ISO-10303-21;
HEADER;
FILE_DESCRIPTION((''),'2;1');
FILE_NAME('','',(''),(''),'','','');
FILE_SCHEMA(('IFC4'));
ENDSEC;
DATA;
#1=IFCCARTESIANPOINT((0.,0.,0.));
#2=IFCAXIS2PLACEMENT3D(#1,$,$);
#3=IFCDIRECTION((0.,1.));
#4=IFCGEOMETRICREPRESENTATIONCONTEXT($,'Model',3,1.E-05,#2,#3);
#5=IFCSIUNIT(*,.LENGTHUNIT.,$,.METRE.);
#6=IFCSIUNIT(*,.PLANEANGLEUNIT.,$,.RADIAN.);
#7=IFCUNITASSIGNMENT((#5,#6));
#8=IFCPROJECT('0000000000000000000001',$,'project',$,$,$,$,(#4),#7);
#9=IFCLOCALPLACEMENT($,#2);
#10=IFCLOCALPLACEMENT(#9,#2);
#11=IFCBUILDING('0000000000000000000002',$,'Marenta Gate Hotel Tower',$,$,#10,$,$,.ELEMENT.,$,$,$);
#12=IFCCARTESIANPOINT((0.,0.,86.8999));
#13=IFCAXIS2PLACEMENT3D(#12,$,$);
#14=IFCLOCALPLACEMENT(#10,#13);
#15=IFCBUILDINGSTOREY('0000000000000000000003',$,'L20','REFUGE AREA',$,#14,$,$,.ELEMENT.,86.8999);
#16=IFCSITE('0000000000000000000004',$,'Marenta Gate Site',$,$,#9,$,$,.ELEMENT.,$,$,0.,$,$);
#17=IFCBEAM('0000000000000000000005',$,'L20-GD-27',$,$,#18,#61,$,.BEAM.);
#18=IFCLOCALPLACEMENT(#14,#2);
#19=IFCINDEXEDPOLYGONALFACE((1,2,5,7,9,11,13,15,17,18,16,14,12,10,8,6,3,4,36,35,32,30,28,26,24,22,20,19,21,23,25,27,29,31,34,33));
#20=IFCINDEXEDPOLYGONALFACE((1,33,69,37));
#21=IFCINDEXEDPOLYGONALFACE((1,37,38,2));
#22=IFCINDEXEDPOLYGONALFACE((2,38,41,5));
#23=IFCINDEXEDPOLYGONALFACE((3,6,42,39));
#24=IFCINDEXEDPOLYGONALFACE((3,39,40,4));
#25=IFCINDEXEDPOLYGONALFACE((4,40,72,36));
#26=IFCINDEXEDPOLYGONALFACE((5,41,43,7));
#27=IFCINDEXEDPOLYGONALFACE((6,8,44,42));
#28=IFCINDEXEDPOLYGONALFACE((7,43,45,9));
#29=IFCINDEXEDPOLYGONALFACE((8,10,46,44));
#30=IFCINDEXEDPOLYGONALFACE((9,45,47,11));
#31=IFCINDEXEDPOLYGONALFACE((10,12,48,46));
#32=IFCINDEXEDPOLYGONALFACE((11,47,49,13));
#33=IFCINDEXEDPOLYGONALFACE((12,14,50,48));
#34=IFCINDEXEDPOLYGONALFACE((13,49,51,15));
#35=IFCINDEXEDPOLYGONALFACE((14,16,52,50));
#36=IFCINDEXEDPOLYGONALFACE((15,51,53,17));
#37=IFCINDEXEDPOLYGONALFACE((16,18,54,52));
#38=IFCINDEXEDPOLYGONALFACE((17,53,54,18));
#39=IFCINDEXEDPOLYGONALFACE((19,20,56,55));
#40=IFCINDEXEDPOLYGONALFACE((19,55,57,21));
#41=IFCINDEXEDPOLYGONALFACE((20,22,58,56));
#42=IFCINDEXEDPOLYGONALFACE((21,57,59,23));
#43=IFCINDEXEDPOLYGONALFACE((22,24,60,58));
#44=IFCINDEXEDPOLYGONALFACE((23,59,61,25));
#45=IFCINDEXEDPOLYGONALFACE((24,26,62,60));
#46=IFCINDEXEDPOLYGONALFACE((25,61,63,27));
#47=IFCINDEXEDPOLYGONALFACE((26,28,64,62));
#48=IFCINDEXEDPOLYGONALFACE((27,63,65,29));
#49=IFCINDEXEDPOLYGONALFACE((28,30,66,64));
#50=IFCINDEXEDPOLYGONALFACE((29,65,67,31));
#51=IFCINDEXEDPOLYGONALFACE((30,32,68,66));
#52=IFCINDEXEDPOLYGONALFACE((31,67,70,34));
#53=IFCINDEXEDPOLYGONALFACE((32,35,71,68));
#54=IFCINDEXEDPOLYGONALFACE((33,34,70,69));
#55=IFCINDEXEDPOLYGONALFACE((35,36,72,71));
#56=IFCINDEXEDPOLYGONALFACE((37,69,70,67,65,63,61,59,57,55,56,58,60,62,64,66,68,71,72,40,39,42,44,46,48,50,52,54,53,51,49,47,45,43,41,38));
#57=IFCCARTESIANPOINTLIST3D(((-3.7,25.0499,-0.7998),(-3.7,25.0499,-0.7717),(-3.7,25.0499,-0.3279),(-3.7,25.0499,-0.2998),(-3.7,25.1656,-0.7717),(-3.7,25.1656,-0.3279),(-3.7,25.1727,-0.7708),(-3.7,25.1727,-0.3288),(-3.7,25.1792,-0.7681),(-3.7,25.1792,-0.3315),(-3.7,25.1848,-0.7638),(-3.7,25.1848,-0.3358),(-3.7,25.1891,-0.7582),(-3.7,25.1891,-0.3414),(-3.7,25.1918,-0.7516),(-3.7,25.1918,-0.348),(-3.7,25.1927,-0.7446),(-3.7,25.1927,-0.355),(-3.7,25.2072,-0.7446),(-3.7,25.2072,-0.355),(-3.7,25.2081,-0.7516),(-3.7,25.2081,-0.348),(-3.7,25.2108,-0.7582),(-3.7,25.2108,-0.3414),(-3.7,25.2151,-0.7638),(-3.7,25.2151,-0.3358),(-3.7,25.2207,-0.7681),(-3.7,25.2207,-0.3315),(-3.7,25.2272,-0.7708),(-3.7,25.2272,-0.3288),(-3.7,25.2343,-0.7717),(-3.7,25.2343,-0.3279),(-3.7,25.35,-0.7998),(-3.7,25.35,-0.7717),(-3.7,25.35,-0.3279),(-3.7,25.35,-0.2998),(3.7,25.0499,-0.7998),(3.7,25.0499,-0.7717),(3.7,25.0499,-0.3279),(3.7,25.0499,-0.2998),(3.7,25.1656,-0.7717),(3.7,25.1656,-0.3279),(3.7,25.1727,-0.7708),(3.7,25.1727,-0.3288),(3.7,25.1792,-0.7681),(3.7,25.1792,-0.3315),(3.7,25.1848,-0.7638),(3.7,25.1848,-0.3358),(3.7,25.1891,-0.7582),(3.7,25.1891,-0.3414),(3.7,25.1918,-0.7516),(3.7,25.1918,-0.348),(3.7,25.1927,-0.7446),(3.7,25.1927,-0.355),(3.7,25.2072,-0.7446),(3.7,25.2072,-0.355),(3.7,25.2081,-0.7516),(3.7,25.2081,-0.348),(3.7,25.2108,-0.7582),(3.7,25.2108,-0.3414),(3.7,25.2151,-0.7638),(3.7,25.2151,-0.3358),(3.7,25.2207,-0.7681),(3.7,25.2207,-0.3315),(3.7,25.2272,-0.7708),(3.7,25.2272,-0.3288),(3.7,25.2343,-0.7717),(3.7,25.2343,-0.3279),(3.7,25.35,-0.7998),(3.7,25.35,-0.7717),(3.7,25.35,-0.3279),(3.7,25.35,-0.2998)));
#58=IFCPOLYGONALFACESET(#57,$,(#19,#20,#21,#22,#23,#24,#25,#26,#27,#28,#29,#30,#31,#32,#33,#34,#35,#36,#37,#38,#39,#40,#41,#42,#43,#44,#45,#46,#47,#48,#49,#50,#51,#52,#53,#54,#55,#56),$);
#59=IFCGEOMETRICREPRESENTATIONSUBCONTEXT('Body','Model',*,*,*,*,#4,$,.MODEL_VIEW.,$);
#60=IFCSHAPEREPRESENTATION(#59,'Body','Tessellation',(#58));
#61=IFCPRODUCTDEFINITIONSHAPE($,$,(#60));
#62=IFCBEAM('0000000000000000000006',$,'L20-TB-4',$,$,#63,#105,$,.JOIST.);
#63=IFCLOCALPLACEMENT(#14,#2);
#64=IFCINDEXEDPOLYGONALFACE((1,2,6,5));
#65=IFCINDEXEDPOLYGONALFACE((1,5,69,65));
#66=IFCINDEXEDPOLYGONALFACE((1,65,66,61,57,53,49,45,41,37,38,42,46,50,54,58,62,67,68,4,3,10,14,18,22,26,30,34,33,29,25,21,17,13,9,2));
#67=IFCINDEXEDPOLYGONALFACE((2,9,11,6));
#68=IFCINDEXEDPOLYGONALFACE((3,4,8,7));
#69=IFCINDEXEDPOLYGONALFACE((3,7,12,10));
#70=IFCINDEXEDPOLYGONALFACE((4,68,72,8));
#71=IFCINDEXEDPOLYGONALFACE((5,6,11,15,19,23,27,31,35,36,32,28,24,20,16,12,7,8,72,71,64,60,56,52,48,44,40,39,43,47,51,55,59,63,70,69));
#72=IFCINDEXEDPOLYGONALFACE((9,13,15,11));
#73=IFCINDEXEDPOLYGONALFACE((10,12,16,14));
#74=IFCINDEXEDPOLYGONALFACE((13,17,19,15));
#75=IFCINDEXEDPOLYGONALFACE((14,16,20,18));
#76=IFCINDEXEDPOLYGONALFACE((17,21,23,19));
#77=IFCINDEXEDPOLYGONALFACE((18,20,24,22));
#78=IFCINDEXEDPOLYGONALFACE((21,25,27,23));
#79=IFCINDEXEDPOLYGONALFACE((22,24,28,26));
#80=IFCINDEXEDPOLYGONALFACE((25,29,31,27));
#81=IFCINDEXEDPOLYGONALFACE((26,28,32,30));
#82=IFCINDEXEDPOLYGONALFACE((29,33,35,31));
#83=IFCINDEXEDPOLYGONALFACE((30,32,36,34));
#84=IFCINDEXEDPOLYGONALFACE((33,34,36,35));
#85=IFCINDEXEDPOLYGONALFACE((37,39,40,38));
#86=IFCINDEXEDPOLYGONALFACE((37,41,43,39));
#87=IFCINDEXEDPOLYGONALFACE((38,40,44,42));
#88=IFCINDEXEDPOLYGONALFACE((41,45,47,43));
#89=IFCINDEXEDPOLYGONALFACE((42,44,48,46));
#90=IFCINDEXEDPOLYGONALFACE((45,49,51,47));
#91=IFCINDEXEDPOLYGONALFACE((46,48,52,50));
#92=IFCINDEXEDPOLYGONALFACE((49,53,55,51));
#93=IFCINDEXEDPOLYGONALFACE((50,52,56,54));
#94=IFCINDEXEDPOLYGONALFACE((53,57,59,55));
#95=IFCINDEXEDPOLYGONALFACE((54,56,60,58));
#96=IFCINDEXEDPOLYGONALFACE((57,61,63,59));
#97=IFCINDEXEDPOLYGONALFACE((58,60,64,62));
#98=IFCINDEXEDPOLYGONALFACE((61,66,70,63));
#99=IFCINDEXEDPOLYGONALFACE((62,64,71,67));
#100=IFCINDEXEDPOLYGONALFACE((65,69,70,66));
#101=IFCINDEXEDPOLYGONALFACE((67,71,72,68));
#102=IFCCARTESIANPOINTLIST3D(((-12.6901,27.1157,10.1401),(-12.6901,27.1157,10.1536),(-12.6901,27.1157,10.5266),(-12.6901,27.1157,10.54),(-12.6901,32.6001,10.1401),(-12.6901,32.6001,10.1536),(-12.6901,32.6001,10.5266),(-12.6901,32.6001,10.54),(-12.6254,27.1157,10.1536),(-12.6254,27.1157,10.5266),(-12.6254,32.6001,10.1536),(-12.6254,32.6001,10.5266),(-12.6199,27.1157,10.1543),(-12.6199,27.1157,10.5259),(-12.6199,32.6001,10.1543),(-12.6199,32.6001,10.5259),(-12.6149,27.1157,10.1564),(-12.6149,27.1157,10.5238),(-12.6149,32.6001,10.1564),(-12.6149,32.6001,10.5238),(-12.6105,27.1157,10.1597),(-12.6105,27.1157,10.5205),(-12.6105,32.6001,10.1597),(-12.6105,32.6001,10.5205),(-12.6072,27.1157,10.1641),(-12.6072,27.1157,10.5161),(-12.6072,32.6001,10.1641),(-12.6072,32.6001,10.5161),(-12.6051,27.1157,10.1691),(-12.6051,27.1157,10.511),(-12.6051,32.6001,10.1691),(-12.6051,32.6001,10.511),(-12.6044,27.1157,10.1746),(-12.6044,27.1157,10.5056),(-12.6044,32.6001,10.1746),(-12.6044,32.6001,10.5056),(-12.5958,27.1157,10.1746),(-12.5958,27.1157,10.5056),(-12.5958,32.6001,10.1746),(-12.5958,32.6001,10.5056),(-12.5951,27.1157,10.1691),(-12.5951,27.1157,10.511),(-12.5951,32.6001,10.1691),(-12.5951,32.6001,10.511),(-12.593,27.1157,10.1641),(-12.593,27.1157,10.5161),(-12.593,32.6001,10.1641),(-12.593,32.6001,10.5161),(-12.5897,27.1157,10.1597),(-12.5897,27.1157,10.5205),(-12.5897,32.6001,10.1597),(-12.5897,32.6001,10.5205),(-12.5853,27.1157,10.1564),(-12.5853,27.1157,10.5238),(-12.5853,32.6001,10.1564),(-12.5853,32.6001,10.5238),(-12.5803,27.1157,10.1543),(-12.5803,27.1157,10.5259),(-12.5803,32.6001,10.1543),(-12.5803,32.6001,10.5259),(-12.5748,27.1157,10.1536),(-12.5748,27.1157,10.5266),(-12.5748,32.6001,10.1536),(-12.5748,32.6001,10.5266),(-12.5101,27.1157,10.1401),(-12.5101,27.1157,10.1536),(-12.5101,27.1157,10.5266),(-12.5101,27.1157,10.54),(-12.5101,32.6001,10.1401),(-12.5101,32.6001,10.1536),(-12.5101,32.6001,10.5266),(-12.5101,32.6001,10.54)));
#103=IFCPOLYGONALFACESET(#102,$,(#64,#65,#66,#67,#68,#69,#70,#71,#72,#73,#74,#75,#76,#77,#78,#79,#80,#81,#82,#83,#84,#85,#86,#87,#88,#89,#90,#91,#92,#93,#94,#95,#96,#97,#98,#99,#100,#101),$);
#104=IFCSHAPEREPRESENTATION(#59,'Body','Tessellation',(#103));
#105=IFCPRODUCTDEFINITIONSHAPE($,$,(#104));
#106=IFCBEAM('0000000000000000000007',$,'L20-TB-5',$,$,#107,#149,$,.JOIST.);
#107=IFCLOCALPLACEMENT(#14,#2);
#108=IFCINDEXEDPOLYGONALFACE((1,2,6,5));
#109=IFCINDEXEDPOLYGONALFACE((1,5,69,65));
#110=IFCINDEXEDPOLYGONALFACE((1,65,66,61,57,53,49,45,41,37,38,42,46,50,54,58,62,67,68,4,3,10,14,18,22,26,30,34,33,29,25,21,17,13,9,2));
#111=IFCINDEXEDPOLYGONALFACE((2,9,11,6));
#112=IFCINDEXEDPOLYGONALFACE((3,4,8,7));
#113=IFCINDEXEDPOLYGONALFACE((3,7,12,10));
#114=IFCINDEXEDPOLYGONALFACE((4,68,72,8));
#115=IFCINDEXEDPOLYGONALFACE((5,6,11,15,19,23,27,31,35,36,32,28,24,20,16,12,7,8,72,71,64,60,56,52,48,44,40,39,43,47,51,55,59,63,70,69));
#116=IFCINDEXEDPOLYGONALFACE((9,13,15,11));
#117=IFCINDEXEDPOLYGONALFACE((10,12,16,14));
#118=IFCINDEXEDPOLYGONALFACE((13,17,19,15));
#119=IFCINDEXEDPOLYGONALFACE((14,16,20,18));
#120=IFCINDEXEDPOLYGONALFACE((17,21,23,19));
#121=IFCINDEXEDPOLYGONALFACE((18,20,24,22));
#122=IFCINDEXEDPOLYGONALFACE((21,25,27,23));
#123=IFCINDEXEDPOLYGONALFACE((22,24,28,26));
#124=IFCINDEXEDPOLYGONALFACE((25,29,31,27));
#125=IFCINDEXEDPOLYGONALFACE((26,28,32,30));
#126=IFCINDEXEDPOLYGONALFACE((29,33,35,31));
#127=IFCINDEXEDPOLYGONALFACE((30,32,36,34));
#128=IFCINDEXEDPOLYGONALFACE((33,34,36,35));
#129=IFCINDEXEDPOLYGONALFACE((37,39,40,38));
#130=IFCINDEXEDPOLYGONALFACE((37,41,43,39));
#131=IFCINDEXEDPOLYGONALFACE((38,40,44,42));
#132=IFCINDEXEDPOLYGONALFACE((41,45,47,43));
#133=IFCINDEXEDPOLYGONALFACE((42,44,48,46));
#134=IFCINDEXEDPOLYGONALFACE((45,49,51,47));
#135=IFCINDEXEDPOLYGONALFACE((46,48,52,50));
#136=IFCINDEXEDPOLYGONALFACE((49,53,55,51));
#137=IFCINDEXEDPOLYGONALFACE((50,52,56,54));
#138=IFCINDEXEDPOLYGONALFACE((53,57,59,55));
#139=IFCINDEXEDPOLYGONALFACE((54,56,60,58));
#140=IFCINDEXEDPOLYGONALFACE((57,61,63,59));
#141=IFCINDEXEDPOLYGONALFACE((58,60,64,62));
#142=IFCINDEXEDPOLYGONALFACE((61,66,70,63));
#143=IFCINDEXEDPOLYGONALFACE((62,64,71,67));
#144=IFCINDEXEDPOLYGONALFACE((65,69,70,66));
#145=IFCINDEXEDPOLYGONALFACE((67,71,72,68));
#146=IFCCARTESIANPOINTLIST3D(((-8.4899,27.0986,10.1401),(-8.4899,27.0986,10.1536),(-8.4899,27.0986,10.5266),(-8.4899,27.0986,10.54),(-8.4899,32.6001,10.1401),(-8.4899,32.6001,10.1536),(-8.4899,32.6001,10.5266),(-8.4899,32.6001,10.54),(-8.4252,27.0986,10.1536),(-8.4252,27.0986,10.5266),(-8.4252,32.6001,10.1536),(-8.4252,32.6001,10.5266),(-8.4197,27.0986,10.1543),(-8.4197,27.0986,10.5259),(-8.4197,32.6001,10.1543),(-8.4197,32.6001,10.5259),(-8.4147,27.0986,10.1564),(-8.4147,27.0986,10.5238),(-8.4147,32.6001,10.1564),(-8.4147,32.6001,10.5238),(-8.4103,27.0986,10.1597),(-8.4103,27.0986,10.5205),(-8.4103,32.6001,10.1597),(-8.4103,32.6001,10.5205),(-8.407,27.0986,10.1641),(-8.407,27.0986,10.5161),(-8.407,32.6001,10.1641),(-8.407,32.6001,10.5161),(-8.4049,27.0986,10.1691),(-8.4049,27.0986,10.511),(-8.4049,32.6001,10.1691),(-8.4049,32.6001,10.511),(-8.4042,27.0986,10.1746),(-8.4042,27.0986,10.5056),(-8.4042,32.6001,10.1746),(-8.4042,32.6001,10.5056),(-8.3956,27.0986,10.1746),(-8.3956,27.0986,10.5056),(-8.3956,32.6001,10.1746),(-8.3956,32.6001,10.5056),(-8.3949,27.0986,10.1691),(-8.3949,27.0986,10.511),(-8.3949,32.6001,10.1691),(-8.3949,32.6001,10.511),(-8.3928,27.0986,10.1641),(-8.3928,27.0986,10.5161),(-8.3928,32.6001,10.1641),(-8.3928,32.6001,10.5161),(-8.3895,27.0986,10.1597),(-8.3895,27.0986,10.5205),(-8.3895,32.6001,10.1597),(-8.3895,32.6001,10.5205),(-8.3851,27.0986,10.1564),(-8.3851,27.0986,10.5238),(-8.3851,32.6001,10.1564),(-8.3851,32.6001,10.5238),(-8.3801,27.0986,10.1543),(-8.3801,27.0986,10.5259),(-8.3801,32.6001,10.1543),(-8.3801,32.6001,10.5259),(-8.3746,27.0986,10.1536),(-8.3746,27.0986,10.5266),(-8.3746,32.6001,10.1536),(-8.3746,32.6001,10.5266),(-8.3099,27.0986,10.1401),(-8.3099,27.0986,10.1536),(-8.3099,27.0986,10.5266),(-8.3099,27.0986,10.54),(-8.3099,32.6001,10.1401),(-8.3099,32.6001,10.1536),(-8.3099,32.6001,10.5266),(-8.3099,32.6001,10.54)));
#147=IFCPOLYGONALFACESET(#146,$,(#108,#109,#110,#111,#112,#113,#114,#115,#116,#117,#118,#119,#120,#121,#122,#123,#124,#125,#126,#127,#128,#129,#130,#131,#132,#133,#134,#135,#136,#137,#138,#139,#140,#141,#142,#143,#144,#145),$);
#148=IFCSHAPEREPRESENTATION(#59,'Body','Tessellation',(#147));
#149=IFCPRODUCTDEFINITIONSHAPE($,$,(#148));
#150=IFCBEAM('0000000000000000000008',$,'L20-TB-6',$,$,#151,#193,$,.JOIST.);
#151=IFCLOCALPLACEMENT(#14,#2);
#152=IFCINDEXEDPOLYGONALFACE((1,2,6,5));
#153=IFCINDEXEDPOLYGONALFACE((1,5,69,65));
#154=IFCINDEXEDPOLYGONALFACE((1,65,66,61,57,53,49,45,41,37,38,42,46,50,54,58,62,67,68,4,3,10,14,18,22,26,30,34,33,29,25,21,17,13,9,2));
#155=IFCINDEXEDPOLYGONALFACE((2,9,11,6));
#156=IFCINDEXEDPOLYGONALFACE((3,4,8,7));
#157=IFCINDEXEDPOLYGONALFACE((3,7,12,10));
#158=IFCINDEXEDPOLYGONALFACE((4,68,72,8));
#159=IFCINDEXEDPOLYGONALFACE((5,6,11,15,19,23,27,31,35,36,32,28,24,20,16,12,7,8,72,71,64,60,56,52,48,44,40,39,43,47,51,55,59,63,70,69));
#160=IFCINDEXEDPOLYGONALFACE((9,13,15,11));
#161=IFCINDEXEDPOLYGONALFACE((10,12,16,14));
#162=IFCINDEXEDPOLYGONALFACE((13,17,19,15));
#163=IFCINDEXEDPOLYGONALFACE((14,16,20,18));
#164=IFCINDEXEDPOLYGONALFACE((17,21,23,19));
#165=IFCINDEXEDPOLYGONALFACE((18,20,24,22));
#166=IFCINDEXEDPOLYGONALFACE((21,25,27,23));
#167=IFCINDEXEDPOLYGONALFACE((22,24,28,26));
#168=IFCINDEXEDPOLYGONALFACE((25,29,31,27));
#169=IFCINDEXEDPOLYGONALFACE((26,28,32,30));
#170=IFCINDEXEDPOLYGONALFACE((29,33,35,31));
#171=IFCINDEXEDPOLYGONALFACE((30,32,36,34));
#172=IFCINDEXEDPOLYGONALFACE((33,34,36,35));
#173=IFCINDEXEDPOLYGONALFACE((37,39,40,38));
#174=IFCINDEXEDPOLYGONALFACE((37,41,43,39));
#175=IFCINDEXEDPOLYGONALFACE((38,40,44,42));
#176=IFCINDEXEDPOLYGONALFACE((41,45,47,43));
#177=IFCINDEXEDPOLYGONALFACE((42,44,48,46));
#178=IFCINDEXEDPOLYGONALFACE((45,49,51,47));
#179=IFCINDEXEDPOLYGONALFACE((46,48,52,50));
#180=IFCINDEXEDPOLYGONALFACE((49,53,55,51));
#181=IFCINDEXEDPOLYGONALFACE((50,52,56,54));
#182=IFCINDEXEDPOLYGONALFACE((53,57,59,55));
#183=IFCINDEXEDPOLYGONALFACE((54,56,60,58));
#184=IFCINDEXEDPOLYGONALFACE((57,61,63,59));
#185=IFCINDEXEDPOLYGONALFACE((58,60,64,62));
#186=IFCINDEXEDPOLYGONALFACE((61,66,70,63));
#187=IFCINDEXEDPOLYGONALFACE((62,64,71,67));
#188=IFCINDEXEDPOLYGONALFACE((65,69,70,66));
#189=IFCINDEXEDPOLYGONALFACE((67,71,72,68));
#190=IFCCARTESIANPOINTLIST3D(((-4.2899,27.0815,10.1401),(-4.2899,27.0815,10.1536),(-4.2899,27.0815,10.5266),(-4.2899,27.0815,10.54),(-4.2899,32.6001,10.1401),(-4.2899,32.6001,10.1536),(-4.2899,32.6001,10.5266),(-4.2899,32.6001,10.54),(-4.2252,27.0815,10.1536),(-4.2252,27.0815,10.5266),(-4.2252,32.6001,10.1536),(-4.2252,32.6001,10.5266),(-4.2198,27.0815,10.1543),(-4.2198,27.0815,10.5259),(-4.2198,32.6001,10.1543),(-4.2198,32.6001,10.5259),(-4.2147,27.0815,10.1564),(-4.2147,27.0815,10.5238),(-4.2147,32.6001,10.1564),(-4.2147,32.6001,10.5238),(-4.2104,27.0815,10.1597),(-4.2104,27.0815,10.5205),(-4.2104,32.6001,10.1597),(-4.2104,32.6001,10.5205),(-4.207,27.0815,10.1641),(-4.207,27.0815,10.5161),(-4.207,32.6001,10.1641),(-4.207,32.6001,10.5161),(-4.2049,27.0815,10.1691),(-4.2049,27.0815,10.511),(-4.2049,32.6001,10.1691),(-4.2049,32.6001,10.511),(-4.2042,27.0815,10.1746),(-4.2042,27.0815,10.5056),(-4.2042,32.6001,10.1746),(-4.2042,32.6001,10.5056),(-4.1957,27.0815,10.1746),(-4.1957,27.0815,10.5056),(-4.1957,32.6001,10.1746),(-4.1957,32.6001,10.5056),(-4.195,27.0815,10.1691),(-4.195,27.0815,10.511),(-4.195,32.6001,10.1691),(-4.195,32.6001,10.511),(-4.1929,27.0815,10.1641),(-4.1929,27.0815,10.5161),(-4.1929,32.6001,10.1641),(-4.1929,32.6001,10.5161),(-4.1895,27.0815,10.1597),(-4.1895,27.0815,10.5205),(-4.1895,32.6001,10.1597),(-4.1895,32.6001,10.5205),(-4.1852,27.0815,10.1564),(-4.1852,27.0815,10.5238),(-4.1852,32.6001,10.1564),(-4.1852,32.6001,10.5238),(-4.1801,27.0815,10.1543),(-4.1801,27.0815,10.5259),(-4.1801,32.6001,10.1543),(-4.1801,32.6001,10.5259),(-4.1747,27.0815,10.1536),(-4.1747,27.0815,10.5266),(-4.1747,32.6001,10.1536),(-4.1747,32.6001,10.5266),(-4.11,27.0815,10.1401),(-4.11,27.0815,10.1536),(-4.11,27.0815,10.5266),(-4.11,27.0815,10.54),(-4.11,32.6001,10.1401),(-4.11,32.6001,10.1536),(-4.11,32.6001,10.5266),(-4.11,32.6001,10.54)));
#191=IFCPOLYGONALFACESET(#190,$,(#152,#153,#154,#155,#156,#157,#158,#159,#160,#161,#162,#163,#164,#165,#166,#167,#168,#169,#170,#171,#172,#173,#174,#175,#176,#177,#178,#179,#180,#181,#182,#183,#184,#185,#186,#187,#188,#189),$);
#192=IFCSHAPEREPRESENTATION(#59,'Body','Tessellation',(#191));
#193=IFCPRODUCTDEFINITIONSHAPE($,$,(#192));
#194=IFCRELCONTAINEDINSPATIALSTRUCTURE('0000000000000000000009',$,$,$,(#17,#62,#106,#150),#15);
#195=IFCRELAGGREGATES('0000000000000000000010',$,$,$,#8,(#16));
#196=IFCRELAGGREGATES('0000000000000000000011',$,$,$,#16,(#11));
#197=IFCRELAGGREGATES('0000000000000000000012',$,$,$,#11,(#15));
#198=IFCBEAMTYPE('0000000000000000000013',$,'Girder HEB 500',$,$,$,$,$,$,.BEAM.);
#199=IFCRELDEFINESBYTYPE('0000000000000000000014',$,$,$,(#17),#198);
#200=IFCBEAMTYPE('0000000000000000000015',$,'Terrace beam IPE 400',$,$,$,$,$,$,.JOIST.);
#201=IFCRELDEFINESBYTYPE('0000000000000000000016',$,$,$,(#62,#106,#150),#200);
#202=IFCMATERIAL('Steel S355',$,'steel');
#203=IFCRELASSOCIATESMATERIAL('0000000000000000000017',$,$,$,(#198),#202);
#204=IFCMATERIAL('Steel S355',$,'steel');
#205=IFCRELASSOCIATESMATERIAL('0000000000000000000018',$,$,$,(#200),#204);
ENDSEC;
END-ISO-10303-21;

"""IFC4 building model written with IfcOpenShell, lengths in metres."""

from ifc_helpers import new_model, si_unit, direction, frame, origin, origin_2d, place, context, subcontext, project, spatial, i_section, extrude, material, material_profile, profile_set, type_object, element, save


model = new_model("IFC4")

# Units and contexts
model_context = context("Model", 3, precision=1e-05, world=origin(), true_north=direction((0.0, 1.0)))
body_context = subcontext(model_context, "Body", "Model", "MODEL_VIEW")
ifc_project = project(units=[si_unit("LENGTHUNIT", "METRE"), si_unit("PLANEANGLEUNIT", "RADIAN")], contexts=[model_context])

# Site, building, storey
site_placement = place(None, origin())
site = spatial("IfcSite", under=ifc_project, at=site_placement, Name="Marenta Gate Site", CompositionType="ELEMENT", RefElevation=0.0)
building_placement = place(site_placement, origin())
building = spatial("IfcBuilding", under=site, at=building_placement, Name="Marenta Gate Hotel Tower", CompositionType="ELEMENT")
storey_placement = place(building_placement, frame((0.0, 0.0, 86.8999)))
storey = spatial("IfcBuildingStorey", under=building, at=storey_placement, Name="L20", Description="REFUGE AREA", CompositionType="ELEMENT", Elevation=86.8999)

# Beams
ifc_material_1 = material(Name="Steel S355", Category="steel")
ifc_material_profile_1 = material_profile(ifc_material_1, i_section(OverallWidth=0.3, OverallDepth=0.5, WebThickness=0.0144, FlangeThickness=0.0281, FilletRadius=0.0271, at=origin_2d()), Name="HEB 500")
ifc_profile_set_1 = profile_set([ifc_material_profile_1], Name="Steel S355")
beam_type_1 = type_object("IfcBeamType", Name="Girder HEB 500", PredefinedType="BEAM", material=ifc_profile_set_1)
beam_1_placement = place(storey_placement, frame((-3.7, 25.2, -0.5498), z_axis=(1.0, 0.0, 0.0), x_axis=(0.0, 1.0, 0.0)))
element("IfcBeam", 1, at=beam_1_placement, inside=storey, type_object=beam_type_1, Name="L20-GD-27", PredefinedType="BEAM", context=body_context, shape_type="SweptSolid", body=[
    extrude(i_section(OverallWidth=0.3, OverallDepth=0.5, WebThickness=0.0144, FlangeThickness=0.0281, FilletRadius=0.0271, at=origin_2d()), origin(), (0.0, 0.0, 1.0), 7.3999),
])
ifc_material_2 = material(Name="Steel S355", Category="steel")
ifc_material_profile_2 = material_profile(ifc_material_2, i_section(OverallWidth=0.1799, OverallDepth=0.3999, WebThickness=0.0085, FlangeThickness=0.0134, FilletRadius=0.021, at=origin_2d()), Name="IPE 400")
ifc_profile_set_2 = profile_set([ifc_material_profile_2], Name="Steel S355")
beam_type_2 = type_object("IfcBeamType", Name="Terrace beam IPE 400", PredefinedType="JOIST", material=ifc_profile_set_2)
beam_2_placement = place(storey_placement, frame((-12.6001, 27.1157, 10.3401), z_axis=(0.0, 1.0, 0.0), x_axis=(-1.0, 0.0, 0.0)))
element("IfcBeam", 2, at=beam_2_placement, inside=storey, type_object=beam_type_2, Name="L20-TB-4", PredefinedType="JOIST", context=body_context, shape_type="SweptSolid", body=[
    extrude(i_section(OverallWidth=0.1799, OverallDepth=0.3999, WebThickness=0.0085, FlangeThickness=0.0134, FilletRadius=0.021, at=origin_2d()), origin(), (0.0, 0.0, 1.0), 5.4844),
])
beam_3_placement = place(storey_placement, frame((-8.3999, 27.0986, 10.3401), z_axis=(0.0, 1.0, 0.0), x_axis=(-1.0, 0.0, 0.0)))
element("IfcBeam", 3, at=beam_3_placement, inside=storey, type_object=beam_type_2, Name="L20-TB-5", PredefinedType="JOIST", context=body_context, shape_type="SweptSolid", body=[
    extrude(i_section(OverallWidth=0.1799, OverallDepth=0.3999, WebThickness=0.0085, FlangeThickness=0.0134, FilletRadius=0.021, at=origin_2d()), origin(), (0.0, 0.0, 1.0), 5.5015),
])
beam_4_placement = place(storey_placement, frame((-4.2, 27.0815, 10.3401), z_axis=(0.0, 1.0, 0.0), x_axis=(-1.0, 0.0, 0.0)))
element("IfcBeam", 4, at=beam_4_placement, inside=storey, type_object=beam_type_2, Name="L20-TB-6", PredefinedType="JOIST", context=body_context, shape_type="SweptSolid", body=[
    extrude(i_section(OverallWidth=0.1799, OverallDepth=0.3999, WebThickness=0.0085, FlangeThickness=0.0134, FilletRadius=0.021, at=origin_2d()), origin(), (0.0, 0.0, 1.0), 5.5186),
])

save(model, "model.ifc")
